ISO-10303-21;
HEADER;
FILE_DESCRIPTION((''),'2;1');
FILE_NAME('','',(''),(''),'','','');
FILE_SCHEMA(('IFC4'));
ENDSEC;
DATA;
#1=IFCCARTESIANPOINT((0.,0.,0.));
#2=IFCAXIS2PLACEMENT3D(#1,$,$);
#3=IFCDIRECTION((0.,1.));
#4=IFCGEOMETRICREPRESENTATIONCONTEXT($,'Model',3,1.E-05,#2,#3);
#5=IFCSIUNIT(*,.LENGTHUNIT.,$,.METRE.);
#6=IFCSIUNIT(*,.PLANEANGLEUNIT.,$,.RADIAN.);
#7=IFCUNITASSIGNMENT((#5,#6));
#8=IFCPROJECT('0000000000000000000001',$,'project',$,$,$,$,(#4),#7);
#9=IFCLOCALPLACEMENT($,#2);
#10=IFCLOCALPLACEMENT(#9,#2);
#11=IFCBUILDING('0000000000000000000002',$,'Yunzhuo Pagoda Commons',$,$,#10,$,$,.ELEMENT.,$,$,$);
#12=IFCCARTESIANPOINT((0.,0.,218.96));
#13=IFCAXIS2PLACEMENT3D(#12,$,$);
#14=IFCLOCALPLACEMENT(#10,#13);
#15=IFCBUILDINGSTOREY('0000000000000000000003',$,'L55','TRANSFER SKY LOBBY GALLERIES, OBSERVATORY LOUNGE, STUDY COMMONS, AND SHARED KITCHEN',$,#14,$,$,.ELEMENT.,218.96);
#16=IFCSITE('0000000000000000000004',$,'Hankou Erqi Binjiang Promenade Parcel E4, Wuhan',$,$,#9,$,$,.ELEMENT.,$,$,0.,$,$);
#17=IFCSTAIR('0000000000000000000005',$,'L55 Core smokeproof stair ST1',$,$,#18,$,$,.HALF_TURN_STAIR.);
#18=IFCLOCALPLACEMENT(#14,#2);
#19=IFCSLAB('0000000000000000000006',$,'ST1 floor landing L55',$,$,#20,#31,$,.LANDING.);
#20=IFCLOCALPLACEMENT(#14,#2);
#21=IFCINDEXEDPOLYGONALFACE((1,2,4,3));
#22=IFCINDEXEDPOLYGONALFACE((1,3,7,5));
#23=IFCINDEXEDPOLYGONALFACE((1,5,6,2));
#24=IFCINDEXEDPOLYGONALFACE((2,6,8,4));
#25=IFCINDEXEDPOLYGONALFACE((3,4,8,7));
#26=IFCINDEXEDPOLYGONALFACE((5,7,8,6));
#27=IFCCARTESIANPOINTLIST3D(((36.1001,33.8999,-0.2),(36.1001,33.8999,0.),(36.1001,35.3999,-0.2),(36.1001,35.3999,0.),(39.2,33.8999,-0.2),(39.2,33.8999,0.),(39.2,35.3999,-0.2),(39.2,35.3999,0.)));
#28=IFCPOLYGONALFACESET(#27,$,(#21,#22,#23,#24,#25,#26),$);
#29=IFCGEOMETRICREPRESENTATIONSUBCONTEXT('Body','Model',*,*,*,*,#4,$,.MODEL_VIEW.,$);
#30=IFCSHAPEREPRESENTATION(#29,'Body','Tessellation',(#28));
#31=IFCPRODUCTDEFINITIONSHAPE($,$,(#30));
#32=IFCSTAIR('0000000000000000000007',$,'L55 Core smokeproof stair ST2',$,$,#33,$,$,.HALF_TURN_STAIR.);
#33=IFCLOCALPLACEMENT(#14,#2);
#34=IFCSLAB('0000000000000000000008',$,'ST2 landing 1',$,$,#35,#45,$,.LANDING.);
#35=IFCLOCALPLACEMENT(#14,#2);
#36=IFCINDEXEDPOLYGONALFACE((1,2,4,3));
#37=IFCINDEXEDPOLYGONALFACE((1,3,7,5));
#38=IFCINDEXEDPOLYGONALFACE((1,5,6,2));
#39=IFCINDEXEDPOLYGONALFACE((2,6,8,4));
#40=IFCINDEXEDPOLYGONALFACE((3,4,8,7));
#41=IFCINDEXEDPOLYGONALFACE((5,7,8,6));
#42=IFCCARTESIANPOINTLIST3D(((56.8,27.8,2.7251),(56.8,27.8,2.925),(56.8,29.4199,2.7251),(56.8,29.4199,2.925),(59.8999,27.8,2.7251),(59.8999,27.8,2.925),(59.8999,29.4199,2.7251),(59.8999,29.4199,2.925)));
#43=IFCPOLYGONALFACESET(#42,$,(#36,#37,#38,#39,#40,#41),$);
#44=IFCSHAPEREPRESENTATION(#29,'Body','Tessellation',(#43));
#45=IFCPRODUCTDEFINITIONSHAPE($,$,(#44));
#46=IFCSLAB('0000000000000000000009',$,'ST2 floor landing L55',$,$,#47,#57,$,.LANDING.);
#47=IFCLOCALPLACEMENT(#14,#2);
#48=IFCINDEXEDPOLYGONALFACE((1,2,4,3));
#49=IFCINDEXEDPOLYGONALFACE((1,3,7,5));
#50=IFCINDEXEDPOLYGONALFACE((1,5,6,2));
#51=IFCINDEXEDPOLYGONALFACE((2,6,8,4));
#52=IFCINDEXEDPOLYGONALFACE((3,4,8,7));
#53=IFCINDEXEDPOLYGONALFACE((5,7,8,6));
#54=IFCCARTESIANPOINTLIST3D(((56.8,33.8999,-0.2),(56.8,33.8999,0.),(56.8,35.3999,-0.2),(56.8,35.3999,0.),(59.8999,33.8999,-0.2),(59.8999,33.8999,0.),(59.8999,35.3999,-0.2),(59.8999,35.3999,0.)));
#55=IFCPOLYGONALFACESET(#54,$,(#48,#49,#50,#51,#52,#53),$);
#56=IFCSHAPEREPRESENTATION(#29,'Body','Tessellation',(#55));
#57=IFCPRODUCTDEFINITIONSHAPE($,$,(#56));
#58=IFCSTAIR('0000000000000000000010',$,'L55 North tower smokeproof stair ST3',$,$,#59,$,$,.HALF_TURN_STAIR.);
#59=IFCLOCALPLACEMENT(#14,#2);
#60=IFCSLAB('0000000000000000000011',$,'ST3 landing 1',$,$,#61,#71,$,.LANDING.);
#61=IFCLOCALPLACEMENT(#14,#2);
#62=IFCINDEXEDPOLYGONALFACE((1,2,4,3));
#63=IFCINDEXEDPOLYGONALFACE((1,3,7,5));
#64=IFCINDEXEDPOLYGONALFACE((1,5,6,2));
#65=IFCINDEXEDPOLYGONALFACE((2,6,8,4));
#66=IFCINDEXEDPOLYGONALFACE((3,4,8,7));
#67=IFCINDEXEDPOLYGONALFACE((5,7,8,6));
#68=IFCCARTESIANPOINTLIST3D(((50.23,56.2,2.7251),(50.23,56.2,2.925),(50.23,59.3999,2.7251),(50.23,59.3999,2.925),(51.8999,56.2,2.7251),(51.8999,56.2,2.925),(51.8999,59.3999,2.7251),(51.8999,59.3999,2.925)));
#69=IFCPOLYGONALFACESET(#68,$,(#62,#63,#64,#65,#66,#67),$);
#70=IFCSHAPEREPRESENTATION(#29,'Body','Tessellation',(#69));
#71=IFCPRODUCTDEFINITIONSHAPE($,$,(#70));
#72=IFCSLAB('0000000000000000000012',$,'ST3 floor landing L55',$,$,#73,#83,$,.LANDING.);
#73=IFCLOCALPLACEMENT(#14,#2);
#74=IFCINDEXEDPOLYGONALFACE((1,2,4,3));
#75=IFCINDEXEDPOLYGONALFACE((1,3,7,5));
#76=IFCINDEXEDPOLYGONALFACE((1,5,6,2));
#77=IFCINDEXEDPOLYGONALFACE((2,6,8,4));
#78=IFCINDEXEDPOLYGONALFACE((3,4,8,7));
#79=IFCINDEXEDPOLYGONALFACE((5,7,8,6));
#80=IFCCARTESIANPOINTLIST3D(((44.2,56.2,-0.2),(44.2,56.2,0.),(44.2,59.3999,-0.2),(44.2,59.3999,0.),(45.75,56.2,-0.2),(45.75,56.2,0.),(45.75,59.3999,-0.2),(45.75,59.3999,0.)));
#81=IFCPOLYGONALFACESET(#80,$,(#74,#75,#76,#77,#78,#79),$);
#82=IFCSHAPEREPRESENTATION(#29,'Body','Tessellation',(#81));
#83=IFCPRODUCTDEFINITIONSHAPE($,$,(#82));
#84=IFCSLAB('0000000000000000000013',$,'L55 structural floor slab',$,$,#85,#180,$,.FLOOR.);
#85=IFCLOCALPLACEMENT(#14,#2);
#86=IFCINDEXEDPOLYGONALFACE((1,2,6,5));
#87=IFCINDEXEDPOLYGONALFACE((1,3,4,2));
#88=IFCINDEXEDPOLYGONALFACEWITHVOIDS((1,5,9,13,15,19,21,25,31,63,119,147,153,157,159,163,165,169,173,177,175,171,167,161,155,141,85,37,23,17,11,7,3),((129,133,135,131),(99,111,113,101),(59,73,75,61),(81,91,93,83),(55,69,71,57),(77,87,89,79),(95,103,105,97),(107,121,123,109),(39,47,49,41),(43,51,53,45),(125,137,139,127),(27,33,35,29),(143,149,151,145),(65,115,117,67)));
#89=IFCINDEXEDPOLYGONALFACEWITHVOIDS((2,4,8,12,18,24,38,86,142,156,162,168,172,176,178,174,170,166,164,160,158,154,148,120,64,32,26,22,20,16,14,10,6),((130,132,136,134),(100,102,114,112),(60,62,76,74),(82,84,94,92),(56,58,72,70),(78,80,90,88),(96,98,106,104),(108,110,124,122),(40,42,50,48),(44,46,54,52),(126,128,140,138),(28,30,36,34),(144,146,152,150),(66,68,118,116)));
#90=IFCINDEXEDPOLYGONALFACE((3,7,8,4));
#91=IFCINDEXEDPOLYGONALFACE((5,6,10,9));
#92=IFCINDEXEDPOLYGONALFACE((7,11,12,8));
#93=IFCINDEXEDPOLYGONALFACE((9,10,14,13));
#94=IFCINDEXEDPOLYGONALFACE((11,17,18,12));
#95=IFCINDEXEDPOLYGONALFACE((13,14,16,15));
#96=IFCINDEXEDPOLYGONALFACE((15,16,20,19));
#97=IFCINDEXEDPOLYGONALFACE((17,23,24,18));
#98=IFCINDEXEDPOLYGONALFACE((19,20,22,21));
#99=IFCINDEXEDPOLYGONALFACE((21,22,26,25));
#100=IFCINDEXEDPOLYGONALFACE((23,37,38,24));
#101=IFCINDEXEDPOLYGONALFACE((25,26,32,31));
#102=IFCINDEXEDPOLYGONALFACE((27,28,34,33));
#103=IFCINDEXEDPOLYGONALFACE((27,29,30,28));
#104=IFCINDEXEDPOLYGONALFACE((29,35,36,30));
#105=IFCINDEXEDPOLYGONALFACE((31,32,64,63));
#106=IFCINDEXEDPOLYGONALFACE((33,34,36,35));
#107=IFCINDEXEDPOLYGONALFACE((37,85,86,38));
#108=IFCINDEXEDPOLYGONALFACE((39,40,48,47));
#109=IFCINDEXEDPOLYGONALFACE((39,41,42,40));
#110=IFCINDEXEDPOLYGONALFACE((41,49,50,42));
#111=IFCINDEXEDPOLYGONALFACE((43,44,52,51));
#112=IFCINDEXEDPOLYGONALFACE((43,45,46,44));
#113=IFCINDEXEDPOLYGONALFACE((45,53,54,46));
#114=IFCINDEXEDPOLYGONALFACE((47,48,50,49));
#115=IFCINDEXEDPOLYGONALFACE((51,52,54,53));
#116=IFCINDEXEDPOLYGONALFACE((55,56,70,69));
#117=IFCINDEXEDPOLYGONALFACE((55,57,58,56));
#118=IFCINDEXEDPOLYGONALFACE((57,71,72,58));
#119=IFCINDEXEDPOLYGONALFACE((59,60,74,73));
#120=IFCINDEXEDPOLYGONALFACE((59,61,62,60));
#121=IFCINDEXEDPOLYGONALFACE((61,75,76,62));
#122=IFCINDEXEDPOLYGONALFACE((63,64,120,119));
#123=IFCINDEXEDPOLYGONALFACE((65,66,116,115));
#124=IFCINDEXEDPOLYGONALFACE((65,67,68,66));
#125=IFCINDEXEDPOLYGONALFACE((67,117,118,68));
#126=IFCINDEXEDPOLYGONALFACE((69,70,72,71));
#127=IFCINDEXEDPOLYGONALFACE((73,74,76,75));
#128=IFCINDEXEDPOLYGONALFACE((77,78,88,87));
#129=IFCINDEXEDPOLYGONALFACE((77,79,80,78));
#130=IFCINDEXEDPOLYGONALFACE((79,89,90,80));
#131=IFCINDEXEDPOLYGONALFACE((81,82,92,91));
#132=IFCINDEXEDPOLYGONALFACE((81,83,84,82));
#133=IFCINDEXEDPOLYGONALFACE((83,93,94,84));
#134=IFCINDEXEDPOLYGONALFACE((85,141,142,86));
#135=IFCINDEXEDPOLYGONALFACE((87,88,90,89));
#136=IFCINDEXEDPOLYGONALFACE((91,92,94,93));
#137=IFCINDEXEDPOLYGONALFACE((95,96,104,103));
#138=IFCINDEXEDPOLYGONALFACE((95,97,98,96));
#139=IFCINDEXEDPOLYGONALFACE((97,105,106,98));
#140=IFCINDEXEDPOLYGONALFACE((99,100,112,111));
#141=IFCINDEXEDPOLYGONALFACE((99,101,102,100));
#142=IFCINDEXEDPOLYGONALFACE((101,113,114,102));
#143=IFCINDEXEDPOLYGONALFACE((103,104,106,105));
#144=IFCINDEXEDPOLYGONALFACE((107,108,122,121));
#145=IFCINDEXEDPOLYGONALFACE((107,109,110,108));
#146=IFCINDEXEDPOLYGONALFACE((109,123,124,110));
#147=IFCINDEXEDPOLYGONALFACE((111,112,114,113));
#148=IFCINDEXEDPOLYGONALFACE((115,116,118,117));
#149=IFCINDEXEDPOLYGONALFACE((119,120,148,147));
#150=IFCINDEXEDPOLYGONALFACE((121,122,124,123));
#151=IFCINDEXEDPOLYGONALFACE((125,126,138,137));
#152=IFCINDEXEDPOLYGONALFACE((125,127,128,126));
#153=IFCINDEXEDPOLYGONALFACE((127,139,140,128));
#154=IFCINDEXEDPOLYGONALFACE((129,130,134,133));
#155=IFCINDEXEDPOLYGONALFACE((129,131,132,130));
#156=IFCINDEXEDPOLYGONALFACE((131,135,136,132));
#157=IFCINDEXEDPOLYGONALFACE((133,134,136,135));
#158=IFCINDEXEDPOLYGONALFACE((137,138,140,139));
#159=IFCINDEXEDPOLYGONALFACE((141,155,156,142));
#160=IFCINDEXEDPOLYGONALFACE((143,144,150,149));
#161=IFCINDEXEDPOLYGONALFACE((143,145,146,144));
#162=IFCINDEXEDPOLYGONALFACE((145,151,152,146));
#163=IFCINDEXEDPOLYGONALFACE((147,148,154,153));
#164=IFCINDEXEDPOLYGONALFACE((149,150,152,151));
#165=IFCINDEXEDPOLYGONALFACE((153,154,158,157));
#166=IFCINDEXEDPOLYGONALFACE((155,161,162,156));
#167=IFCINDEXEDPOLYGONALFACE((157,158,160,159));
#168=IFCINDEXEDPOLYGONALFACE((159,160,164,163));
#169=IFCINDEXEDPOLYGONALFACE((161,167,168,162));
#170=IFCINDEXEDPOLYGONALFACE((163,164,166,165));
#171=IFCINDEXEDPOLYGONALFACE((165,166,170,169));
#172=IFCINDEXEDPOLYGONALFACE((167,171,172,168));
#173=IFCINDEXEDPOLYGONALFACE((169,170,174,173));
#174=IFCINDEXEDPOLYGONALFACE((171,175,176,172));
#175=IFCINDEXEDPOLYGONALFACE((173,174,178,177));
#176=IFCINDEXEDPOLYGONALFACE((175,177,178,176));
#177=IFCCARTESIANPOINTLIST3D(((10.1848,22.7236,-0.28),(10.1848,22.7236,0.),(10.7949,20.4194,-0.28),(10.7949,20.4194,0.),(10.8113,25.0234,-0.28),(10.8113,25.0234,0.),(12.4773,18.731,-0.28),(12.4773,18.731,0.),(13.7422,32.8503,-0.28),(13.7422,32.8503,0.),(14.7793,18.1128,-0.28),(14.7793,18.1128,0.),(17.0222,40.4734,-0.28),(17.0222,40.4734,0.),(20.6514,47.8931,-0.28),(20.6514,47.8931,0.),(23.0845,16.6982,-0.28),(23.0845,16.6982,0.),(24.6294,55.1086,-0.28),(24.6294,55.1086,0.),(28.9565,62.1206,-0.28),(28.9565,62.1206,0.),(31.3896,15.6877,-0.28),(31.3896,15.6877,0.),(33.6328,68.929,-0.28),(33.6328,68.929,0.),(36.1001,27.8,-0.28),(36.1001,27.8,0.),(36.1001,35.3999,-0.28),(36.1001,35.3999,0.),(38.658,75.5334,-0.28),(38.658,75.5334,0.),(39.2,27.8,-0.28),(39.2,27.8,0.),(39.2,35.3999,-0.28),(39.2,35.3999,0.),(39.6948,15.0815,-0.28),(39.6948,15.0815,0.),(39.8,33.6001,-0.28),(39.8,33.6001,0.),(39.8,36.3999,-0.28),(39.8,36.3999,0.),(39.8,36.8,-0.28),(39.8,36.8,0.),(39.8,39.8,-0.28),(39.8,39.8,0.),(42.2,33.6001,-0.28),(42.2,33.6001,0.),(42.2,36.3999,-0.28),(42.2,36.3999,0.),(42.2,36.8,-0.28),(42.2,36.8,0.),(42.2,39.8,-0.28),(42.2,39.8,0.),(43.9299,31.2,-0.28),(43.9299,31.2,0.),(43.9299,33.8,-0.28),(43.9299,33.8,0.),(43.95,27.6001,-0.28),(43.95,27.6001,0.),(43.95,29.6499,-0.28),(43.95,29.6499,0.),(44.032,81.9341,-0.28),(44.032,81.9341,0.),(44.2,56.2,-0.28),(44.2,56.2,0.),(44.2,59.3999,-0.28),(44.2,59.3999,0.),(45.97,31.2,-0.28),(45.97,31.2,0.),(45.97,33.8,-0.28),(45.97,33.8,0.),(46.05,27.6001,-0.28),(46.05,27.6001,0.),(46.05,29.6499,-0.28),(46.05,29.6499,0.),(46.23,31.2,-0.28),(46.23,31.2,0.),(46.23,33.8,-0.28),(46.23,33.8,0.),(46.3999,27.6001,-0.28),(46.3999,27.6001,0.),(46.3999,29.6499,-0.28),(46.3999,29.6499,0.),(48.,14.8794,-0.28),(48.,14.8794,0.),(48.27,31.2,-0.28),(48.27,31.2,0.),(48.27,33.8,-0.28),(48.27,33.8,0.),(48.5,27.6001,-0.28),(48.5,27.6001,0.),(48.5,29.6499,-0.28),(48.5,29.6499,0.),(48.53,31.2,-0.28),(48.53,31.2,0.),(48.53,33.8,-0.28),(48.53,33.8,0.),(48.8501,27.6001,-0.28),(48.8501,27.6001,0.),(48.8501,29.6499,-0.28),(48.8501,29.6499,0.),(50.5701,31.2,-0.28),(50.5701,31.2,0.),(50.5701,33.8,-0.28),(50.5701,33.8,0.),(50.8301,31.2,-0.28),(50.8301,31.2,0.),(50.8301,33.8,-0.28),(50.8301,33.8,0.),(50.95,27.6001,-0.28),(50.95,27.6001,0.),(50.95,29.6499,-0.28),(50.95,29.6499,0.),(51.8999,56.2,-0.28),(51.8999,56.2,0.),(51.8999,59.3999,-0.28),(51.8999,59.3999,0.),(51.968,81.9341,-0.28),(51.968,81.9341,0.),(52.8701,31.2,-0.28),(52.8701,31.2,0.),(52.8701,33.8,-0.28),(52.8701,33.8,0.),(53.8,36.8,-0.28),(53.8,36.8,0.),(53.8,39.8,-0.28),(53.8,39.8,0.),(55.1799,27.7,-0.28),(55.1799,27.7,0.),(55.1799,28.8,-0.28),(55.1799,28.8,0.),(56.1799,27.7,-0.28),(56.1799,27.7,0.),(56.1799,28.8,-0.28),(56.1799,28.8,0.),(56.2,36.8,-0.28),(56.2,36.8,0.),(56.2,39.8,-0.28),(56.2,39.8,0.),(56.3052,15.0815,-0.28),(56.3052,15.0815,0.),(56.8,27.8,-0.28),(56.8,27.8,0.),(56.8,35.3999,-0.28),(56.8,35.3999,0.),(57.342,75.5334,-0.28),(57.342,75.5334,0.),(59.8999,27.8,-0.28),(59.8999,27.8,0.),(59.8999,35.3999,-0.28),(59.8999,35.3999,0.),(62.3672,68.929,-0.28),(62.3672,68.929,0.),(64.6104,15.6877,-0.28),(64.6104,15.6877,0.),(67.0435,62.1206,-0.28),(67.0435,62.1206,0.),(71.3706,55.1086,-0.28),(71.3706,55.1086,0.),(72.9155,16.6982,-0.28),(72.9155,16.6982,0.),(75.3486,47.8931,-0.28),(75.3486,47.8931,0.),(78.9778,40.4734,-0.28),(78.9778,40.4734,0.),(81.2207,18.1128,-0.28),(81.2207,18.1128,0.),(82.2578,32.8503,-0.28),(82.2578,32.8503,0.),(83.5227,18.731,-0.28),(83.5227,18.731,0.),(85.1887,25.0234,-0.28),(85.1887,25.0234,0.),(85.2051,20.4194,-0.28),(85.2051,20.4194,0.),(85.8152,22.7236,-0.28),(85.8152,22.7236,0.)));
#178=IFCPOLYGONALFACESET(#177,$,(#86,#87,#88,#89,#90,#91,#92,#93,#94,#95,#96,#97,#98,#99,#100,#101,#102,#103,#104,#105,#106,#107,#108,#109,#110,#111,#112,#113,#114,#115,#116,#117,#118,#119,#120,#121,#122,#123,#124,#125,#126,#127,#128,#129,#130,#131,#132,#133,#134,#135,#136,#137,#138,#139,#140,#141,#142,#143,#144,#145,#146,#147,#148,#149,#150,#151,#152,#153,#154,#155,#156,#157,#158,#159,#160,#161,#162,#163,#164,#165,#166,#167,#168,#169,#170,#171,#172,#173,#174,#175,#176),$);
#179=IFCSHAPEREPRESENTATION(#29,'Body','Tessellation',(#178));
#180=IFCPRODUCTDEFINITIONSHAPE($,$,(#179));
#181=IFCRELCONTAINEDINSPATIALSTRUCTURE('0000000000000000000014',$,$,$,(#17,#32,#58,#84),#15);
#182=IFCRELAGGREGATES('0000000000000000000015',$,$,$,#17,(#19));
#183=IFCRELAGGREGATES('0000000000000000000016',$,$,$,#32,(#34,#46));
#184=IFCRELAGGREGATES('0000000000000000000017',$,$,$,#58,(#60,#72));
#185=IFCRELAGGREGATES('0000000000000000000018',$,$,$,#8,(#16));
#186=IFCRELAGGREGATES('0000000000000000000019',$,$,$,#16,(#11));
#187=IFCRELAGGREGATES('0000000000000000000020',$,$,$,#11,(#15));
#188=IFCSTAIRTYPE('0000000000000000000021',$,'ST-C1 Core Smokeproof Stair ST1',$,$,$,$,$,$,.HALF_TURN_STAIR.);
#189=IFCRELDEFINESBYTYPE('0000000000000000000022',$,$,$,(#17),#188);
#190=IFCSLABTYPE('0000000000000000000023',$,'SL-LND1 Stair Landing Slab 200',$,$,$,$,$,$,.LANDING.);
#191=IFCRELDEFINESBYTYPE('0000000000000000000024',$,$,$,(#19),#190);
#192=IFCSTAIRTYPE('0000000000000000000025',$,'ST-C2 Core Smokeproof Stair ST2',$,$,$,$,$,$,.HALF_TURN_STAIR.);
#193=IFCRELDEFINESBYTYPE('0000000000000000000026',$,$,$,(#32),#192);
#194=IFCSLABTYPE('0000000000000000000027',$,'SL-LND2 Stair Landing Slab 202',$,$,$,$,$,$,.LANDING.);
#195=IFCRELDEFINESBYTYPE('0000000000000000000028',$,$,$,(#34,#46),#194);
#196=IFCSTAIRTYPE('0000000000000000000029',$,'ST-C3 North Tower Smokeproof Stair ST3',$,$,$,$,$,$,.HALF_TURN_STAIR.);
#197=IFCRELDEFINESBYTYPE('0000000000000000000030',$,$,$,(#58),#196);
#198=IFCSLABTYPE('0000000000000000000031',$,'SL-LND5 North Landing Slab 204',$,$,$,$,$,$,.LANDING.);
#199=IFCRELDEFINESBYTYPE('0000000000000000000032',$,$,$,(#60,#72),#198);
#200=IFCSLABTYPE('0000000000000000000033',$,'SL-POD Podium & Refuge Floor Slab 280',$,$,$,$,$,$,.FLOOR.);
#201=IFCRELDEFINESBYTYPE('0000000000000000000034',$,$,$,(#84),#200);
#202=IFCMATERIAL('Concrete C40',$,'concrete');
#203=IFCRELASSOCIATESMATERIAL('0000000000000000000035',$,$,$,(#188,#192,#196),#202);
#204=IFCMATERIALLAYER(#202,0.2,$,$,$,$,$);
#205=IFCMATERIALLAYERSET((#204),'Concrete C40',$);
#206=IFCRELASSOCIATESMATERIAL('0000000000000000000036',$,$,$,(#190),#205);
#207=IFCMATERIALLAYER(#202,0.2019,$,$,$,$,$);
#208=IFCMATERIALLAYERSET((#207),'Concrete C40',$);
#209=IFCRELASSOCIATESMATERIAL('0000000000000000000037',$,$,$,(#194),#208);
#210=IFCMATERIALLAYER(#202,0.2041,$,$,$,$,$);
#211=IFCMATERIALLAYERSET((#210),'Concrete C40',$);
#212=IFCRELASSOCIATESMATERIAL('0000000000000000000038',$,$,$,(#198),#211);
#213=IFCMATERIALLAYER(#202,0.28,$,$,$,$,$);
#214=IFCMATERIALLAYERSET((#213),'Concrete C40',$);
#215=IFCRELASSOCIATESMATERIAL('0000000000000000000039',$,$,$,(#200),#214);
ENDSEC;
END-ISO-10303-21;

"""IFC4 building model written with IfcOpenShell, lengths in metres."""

from ifc_helpers import new_model, si_unit, direction, frame, origin, place, context, subcontext, project, spatial, polyline, outline, extrude, material, layer, layer_set, type_object, element, aggregate, save


model = new_model("IFC4")

# Units and contexts
model_context = context("Model", 3, precision=1e-05, world=origin(), true_north=direction((0.0, 1.0)))
body_context = subcontext(model_context, "Body", "Model", "MODEL_VIEW")
ifc_project = project(units=[si_unit("LENGTHUNIT", "METRE"), si_unit("PLANEANGLEUNIT", "RADIAN")], contexts=[model_context])

# Site, building, storey
site_placement = place(None, origin())
site = spatial("IfcSite", under=ifc_project, at=site_placement, Name="Hankou Erqi Binjiang Promenade Parcel E4, Wuhan", CompositionType="ELEMENT", RefElevation=0.0)
building_placement = place(site_placement, origin())
building = spatial("IfcBuilding", under=site, at=building_placement, Name="Yunzhuo Pagoda Commons", CompositionType="ELEMENT")
storey_placement = place(building_placement, frame((0.0, 0.0, 218.96)))
storey = spatial("IfcBuildingStorey", under=building, at=storey_placement, Name="L55", Description="TRANSFER SKY LOBBY GALLERIES, OBSERVATORY LOUNGE, STUDY COMMONS, AND SHARED KITCHEN", CompositionType="ELEMENT", Elevation=218.96)

# Shared definitions
ifc_material_1 = material(Name="Concrete C40", Category="concrete")

# Stairs, slabs
stair_type_1 = type_object("IfcStairType", Name="ST-C1 Core Smokeproof Stair ST1", PredefinedType="HALF_TURN_STAIR", material=ifc_material_1)
stair_1_placement = place(storey_placement, origin())
stair_1 = element("IfcStair", 1, at=stair_1_placement, inside=storey, type_object=stair_type_1, Name="L55 Core smokeproof stair ST1", PredefinedType="HALF_TURN_STAIR")
ifc_layer_1 = layer(ifc_material_1, 0.2)
ifc_layer_set_1 = layer_set([ifc_layer_1], Name="Concrete C40")
slab_type_1 = type_object("IfcSlabType", Name="SL-LND1 Stair Landing Slab 200", PredefinedType="LANDING", material=ifc_layer_set_1)
slab_1_placement = place(storey_placement, frame((0.0, 0.0, -0.2)))
slab_1 = element("IfcSlab", 2, at=slab_1_placement, type_object=slab_type_1, Name="ST1 floor landing L55", PredefinedType="LANDING", context=body_context, shape_type="SweptSolid", body=[
    extrude(outline(polyline([(36.1001, 35.3999), (36.1001, 33.8999), (39.2, 33.8999), (39.2, 35.3999), (36.1001, 35.3999)])), origin(), (0.0, 0.0, 1.0), 0.2),
])
aggregate(stair_1, [slab_1])
stair_type_2 = type_object("IfcStairType", Name="ST-C2 Core Smokeproof Stair ST2", PredefinedType="HALF_TURN_STAIR", material=ifc_material_1)
stair_2_placement = place(storey_placement, origin())
stair_2 = element("IfcStair", 3, at=stair_2_placement, inside=storey, type_object=stair_type_2, Name="L55 Core smokeproof stair ST2", PredefinedType="HALF_TURN_STAIR")
ifc_layer_2 = layer(ifc_material_1, 0.2019)
ifc_layer_set_2 = layer_set([ifc_layer_2], Name="Concrete C40")
slab_type_2 = type_object("IfcSlabType", Name="SL-LND2 Stair Landing Slab 202", PredefinedType="LANDING", material=ifc_layer_set_2)
slab_2_placement = place(storey_placement, frame((0.0, 0.0, 2.7251)))
slab_2 = element("IfcSlab", 4, at=slab_2_placement, type_object=slab_type_2, Name="ST2 landing 1", PredefinedType="LANDING", context=body_context, shape_type="SweptSolid", body=[
    extrude(outline(polyline([(56.8, 29.4199), (56.8, 27.8), (59.8999, 27.8), (59.8999, 29.4199), (56.8, 29.4199)])), origin(), (0.0, 0.0, 1.0), 0.2),
])
slab_3_placement = place(storey_placement, frame((0.0, 0.0, -0.2)))
slab_3 = element("IfcSlab", 5, at=slab_3_placement, type_object=slab_type_2, Name="ST2 floor landing L55", PredefinedType="LANDING", context=body_context, shape_type="SweptSolid", body=[
    extrude(outline(polyline([(56.8, 35.3999), (56.8, 33.8999), (59.8999, 33.8999), (59.8999, 35.3999), (56.8, 35.3999)])), origin(), (0.0, 0.0, 1.0), 0.2),
])
aggregate(stair_2, [slab_2, slab_3])
stair_type_3 = type_object("IfcStairType", Name="ST-C3 North Tower Smokeproof Stair ST3", PredefinedType="HALF_TURN_STAIR", material=ifc_material_1)
stair_3_placement = place(storey_placement, origin())
stair_3 = element("IfcStair", 6, at=stair_3_placement, inside=storey, type_object=stair_type_3, Name="L55 North tower smokeproof stair ST3", PredefinedType="HALF_TURN_STAIR")
ifc_layer_3 = layer(ifc_material_1, 0.2041)
ifc_layer_set_3 = layer_set([ifc_layer_3], Name="Concrete C40")
slab_type_3 = type_object("IfcSlabType", Name="SL-LND5 North Landing Slab 204", PredefinedType="LANDING", material=ifc_layer_set_3)
slab_4_placement = place(storey_placement, frame((0.0, 0.0, 2.7251)))
slab_4 = element("IfcSlab", 7, at=slab_4_placement, type_object=slab_type_3, Name="ST3 landing 1", PredefinedType="LANDING", context=body_context, shape_type="SweptSolid", body=[
    extrude(outline(polyline([(50.23, 56.2), (51.8999, 56.2), (51.8999, 59.3999), (50.23, 59.3999), (50.23, 56.2)])), origin(), (0.0, 0.0, 1.0), 0.2),
])
slab_5_placement = place(storey_placement, frame((0.0, 0.0, -0.2)))
slab_5 = element("IfcSlab", 8, at=slab_5_placement, type_object=slab_type_3, Name="ST3 floor landing L55", PredefinedType="LANDING", context=body_context, shape_type="SweptSolid", body=[
    extrude(outline(polyline([(44.2, 56.2), (45.75, 56.2), (45.75, 59.3999), (44.2, 59.3999), (44.2, 56.2)])), origin(), (0.0, 0.0, 1.0), 0.2),
])
aggregate(stair_3, [slab_4, slab_5])

# Slab
ifc_layer_4 = layer(ifc_material_1, 0.28)
ifc_layer_set_4 = layer_set([ifc_layer_4], Name="Concrete C40")
slab_type_4 = type_object("IfcSlabType", Name="SL-POD Podium & Refuge Floor Slab 280", PredefinedType="FLOOR", material=ifc_layer_set_4)
slab_6_placement = place(storey_placement, frame((0.0, 0.0, -0.28)))
element("IfcSlab", 9, at=slab_6_placement, inside=storey, type_object=slab_type_4, Name="L55 structural floor slab", PredefinedType="FLOOR", context=body_context, shape_type="SweptSolid", body=[
    extrude(outline(polyline([(13.7422, 32.8503), (17.0222, 40.4734), (20.6514, 47.8931), (24.6294, 55.1086), (28.9565, 62.1206), (33.6328, 68.929), (38.658, 75.5334), (44.032, 81.9341), (51.968, 81.9341), (57.342, 75.5334), (62.3672, 68.929), (67.0435, 62.1206), (71.3706, 55.1086), (75.3486, 47.8931), (78.9778, 40.4734), (82.2578, 32.8503), (85.1887, 25.0234), (85.8152, 22.7236), (85.2051, 20.4194), (83.5227, 18.731), (81.2207, 18.1128), (72.9155, 16.6982), (64.6104, 15.6877), (56.3052, 15.0815), (48.0, 14.8794), (39.6948, 15.0815), (31.3896, 15.6877), (23.0845, 16.6982), (14.7793, 18.1128), (12.4773, 18.731), (10.7949, 20.4194), (10.1848, 22.7236), (10.8113, 25.0234), (13.7422, 32.8503)]), holes=[polyline([(46.05, 29.6499), (43.95, 29.6499), (43.95, 27.6001), (46.05, 27.6001), (46.05, 29.6499)]), polyline([(48.5, 27.6001), (48.5, 29.6499), (46.3999, 29.6499), (46.3999, 27.6001), (48.5, 27.6001)]), polyline([(36.1001, 27.8), (39.2, 27.8), (39.2, 35.3999), (36.1001, 35.3999), (36.1001, 27.8)]), polyline([(45.97, 31.2), (45.97, 33.8), (43.9299, 33.8), (43.9299, 31.2), (45.97, 31.2)]), polyline([(48.27, 31.2), (48.27, 33.8), (46.23, 33.8), (46.23, 31.2), (48.27, 31.2)]), polyline([(42.2, 33.6001), (42.2, 36.3999), (39.8, 36.3999), (39.8, 33.6001), (42.2, 33.6001)]), polyline([(42.2, 36.8), (42.2, 39.8), (39.8, 39.8), (39.8, 36.8), (42.2, 36.8)]), polyline([(56.1799, 28.8), (55.1799, 28.8), (55.1799, 27.7), (56.1799, 27.7), (56.1799, 28.8)]), polyline([(50.95, 27.6001), (50.95, 29.6499), (48.8501, 29.6499), (48.8501, 27.6001), (50.95, 27.6001)]), polyline([(56.8, 27.8), (59.8999, 27.8), (59.8999, 35.3999), (56.8, 35.3999), (56.8, 27.8)]), polyline([(50.5701, 31.2), (50.5701, 33.8), (48.53, 33.8), (48.53, 31.2), (50.5701, 31.2)]), polyline([(52.8701, 31.2), (52.8701, 33.8), (50.8301, 33.8), (50.8301, 31.2), (52.8701, 31.2)]), polyline([(56.2, 36.8), (56.2, 39.8), (53.8, 39.8), (53.8, 36.8), (56.2, 36.8)]), polyline([(51.8999, 56.2), (51.8999, 59.3999), (44.2, 59.3999), (44.2, 56.2), (51.8999, 56.2)])]), origin(), (0.0, 0.0, 1.0), 0.28),
])

save(model, "model.ifc")
